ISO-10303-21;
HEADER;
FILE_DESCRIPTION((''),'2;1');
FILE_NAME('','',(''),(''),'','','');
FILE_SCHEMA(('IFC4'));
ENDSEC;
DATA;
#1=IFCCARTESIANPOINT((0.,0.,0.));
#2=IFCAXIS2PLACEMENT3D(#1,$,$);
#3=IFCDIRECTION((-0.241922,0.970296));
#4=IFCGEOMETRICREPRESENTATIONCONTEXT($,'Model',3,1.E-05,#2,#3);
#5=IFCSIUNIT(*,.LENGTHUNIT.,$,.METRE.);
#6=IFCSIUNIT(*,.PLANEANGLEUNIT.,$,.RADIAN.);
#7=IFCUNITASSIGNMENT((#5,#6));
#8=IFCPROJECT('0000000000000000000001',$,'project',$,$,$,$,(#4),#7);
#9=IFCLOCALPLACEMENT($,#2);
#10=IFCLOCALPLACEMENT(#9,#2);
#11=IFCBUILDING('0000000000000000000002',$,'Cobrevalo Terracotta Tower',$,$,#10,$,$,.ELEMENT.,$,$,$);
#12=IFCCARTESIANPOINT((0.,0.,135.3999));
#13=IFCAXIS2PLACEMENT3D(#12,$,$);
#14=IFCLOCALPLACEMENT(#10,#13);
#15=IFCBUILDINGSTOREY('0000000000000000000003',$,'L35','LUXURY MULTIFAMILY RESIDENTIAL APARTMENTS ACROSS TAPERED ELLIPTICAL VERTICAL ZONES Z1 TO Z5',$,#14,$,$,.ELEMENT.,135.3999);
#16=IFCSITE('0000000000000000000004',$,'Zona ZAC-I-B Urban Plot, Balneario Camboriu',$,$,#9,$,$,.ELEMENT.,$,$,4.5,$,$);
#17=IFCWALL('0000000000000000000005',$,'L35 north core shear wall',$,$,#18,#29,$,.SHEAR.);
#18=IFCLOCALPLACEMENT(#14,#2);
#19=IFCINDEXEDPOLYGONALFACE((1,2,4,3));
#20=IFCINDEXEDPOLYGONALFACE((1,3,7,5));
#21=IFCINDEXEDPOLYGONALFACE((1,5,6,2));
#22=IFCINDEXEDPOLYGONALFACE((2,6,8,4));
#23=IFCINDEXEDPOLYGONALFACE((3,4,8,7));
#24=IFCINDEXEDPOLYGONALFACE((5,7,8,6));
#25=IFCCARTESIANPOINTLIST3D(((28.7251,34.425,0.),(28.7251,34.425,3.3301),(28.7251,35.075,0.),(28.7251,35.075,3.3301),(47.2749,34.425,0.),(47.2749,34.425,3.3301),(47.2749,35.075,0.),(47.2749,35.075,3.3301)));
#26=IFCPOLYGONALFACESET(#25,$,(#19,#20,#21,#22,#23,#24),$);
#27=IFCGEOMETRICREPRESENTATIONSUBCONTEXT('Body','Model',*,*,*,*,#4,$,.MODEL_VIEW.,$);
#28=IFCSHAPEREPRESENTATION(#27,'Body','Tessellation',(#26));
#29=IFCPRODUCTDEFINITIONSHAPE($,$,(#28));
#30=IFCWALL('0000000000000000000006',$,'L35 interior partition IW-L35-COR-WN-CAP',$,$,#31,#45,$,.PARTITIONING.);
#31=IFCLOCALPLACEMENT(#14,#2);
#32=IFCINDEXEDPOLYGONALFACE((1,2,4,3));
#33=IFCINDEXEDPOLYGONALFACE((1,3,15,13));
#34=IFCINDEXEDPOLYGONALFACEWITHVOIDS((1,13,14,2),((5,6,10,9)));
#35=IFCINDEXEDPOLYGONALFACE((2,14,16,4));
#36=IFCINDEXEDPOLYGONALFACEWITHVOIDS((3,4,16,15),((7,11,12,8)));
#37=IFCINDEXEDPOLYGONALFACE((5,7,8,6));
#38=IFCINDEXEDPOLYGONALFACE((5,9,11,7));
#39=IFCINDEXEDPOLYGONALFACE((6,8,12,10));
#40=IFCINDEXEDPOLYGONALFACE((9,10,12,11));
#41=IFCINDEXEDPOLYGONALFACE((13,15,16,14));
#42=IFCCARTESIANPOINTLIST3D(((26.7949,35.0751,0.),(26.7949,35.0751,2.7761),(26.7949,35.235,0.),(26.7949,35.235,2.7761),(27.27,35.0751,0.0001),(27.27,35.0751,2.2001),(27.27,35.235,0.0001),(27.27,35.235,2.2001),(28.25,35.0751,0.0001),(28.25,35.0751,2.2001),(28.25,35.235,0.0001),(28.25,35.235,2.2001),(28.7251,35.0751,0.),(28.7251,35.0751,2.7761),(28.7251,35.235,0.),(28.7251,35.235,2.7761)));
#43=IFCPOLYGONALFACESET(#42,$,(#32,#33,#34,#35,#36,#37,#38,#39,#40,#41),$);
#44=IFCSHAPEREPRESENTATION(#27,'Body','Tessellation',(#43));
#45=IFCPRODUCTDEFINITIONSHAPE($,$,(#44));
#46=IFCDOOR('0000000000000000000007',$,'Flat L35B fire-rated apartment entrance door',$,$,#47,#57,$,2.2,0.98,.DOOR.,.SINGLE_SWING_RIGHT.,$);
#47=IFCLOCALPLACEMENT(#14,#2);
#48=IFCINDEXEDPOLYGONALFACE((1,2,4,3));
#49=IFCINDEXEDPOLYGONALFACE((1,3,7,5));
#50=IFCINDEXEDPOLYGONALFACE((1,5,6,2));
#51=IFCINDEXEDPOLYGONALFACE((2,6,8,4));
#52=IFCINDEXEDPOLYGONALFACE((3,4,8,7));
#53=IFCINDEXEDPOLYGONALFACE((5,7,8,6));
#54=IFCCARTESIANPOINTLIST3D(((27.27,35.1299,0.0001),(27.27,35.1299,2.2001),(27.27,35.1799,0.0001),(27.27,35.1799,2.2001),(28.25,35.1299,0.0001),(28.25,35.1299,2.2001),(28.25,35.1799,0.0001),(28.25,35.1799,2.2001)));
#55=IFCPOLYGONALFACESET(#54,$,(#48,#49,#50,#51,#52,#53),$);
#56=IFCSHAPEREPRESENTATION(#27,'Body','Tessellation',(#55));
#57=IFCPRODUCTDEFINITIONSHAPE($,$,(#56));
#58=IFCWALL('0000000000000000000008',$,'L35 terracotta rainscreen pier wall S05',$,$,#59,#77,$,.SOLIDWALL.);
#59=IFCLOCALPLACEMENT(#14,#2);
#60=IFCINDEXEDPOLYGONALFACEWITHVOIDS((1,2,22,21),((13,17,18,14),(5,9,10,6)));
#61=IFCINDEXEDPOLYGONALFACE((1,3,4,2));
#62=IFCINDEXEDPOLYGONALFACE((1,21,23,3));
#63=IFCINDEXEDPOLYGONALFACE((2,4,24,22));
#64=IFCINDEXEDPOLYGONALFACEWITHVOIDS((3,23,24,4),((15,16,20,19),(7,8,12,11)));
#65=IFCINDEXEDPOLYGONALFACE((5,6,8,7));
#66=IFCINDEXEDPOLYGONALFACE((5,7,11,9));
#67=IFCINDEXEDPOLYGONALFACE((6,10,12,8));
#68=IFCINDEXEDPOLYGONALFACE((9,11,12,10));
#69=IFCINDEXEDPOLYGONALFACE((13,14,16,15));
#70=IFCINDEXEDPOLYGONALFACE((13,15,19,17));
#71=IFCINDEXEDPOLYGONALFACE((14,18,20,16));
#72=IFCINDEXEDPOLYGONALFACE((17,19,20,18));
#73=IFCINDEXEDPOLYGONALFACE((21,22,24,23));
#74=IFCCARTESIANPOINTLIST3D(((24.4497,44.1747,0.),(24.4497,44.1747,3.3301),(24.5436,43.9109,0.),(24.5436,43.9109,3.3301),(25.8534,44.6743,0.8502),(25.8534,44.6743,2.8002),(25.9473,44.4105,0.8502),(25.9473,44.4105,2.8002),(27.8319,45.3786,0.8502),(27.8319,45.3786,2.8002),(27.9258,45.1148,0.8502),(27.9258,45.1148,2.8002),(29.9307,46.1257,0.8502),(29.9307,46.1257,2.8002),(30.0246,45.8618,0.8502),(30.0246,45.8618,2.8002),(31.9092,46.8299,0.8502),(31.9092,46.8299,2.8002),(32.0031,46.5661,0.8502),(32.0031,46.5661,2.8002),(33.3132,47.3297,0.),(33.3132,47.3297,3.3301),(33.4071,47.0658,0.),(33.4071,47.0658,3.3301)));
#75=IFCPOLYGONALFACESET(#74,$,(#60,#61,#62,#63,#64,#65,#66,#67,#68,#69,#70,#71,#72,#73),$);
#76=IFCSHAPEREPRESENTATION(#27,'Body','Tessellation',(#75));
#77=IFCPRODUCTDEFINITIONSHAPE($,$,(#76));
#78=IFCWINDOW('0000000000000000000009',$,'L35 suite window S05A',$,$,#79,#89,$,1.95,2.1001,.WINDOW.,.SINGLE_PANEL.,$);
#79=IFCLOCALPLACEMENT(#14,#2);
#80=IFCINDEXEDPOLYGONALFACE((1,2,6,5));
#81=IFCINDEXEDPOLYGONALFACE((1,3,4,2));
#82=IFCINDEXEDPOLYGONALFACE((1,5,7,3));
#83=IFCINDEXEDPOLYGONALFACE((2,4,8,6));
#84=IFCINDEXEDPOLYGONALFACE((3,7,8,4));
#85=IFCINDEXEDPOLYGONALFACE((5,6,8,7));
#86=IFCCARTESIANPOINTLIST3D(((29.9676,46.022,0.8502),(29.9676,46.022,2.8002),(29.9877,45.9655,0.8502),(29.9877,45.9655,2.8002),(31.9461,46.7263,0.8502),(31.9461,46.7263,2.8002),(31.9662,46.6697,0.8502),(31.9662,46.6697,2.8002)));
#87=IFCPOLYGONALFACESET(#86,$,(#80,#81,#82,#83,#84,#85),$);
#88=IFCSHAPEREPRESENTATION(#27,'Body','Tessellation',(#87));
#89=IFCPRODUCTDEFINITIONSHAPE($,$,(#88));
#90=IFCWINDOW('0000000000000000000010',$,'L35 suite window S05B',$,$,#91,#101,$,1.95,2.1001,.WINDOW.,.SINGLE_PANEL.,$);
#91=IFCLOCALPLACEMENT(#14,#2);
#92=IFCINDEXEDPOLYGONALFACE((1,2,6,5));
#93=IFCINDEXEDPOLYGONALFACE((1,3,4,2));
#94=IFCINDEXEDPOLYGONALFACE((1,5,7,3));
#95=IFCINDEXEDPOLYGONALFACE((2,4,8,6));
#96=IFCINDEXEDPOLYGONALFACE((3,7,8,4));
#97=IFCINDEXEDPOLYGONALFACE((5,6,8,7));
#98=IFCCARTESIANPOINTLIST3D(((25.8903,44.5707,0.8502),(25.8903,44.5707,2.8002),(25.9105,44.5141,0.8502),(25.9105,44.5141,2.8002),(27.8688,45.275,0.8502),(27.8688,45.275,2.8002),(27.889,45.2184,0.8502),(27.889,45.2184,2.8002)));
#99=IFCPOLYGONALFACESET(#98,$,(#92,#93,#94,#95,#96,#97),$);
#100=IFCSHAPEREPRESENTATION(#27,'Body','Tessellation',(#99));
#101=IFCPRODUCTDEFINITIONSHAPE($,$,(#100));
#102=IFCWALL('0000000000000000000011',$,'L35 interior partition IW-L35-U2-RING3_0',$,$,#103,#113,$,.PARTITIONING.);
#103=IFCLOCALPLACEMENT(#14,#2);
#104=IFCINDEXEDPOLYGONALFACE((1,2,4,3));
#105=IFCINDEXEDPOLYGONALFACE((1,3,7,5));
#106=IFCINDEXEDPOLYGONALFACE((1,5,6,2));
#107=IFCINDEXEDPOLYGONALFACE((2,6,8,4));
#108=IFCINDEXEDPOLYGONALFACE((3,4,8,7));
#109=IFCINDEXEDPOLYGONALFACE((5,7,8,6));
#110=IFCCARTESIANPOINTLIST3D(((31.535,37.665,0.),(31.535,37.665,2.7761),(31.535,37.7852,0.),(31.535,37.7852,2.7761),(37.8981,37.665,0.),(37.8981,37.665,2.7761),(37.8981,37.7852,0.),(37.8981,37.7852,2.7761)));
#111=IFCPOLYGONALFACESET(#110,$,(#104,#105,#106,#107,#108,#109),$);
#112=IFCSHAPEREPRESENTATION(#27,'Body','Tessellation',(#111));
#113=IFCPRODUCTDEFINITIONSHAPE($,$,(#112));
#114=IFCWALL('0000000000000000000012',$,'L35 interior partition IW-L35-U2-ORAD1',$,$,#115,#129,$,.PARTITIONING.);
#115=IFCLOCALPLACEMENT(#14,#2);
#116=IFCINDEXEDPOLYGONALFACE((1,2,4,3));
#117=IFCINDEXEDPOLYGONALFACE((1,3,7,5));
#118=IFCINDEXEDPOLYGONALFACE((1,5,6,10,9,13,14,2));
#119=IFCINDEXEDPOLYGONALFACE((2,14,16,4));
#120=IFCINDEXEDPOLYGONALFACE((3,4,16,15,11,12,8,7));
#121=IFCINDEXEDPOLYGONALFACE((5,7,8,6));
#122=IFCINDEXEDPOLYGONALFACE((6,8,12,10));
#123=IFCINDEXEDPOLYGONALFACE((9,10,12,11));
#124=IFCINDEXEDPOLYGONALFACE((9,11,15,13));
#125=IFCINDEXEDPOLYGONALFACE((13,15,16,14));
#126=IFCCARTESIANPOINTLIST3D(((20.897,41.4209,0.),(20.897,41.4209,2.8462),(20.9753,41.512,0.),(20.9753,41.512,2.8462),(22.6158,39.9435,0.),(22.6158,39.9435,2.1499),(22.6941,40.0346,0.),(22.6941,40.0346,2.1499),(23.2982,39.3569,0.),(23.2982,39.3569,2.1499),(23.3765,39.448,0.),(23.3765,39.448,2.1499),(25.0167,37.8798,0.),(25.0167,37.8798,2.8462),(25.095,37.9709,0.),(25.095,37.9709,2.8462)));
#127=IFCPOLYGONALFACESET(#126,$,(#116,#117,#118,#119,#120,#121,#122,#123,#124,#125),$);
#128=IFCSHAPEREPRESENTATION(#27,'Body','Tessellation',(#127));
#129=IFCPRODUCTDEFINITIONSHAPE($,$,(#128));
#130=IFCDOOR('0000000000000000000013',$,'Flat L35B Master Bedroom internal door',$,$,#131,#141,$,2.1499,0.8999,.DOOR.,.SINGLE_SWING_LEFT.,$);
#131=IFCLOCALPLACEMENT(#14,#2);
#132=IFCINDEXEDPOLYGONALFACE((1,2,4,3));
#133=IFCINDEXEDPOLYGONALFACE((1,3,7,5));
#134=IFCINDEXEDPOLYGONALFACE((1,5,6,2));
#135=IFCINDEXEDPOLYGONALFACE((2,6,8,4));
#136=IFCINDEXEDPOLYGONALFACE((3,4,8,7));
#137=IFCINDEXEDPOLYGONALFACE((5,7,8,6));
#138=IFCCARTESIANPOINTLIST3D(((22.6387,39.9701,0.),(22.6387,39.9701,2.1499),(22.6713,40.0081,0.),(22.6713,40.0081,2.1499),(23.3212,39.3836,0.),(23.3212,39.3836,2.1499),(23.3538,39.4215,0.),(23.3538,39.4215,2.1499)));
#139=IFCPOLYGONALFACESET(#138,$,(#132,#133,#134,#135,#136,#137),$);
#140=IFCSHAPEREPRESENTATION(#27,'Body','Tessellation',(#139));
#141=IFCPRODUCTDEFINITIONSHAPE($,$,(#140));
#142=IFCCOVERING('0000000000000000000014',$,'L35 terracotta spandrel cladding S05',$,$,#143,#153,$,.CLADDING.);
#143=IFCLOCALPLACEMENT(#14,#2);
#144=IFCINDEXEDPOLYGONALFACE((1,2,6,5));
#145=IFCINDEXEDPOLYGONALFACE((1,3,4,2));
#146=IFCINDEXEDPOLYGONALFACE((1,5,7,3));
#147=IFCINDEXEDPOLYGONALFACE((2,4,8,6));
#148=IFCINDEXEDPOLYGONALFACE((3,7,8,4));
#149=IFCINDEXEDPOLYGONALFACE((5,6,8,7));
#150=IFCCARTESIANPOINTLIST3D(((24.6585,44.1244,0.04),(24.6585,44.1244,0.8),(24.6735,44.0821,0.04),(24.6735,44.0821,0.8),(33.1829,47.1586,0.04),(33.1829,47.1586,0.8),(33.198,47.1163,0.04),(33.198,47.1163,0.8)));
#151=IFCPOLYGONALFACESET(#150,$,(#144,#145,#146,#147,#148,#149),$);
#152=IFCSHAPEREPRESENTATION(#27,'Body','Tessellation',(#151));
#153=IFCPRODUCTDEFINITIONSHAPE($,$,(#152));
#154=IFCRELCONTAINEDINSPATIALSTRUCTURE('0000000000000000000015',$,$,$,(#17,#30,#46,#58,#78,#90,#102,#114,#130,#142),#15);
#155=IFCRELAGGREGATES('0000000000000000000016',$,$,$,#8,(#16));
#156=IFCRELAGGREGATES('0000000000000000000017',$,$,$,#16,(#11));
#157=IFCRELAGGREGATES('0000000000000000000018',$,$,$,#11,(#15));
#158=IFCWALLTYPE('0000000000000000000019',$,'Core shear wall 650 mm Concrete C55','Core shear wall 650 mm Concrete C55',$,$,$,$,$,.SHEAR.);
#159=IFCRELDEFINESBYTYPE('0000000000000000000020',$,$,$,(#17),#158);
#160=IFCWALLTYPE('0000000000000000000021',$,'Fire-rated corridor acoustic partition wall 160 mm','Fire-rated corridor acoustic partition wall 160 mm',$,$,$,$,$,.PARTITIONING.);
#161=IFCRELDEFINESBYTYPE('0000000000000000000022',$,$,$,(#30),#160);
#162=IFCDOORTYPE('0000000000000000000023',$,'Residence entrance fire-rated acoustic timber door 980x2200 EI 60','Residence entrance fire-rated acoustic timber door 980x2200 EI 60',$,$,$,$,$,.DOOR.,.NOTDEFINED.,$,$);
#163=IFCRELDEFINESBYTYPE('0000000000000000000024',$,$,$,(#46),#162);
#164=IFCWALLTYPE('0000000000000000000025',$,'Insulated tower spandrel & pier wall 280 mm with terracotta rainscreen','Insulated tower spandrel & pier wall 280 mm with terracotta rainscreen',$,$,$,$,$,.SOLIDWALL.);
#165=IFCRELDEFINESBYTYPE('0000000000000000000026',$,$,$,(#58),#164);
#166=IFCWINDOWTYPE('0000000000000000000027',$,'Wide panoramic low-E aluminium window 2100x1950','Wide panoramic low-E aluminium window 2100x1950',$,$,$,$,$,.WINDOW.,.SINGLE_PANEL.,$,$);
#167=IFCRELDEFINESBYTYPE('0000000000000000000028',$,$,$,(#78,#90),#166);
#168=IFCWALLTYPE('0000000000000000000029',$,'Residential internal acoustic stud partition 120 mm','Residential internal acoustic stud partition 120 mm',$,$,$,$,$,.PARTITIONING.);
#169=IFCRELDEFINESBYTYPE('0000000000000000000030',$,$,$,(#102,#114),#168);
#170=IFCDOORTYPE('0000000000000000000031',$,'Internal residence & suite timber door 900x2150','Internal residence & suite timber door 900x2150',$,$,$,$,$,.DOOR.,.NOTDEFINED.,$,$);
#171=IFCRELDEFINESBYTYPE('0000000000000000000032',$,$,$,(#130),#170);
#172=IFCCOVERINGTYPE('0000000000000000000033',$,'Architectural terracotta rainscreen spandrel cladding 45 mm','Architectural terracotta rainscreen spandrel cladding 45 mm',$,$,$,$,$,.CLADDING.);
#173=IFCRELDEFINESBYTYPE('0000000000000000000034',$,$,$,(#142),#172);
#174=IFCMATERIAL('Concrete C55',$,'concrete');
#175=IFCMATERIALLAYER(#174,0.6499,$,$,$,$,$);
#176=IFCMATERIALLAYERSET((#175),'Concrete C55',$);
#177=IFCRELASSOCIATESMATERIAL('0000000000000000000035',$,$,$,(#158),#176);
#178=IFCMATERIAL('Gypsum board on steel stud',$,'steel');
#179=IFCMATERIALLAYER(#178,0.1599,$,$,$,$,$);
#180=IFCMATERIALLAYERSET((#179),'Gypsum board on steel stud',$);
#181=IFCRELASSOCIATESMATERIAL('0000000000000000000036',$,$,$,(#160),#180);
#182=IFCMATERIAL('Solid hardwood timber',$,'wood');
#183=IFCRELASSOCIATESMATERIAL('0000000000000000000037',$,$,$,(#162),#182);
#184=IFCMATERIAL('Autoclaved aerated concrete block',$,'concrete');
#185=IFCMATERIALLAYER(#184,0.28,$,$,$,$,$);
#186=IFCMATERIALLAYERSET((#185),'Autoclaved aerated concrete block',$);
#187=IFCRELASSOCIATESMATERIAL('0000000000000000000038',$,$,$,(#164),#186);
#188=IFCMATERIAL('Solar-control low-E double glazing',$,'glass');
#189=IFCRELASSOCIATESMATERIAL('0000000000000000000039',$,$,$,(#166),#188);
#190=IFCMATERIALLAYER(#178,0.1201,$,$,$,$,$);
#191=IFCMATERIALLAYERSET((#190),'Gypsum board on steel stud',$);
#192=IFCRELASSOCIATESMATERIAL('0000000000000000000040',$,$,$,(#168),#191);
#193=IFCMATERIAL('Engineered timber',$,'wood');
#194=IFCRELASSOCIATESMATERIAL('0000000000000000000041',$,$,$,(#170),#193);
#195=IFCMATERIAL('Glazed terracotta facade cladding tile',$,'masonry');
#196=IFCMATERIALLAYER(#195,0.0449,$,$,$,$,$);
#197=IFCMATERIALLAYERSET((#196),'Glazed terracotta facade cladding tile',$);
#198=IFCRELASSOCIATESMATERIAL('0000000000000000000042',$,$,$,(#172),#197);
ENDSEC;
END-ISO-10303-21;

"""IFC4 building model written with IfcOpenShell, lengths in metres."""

from ifc_helpers import new_model, si_unit, direction, frame, frame_2d, origin, origin_2d, place, context, subcontext, project, spatial, rectangle, extrude, source, transform, mapped, material, layer, layer_set, type_object, element, fill, save


model = new_model("IFC4")

# Units and contexts
model_context = context("Model", 3, precision=1e-05, world=origin(), true_north=direction((-0.241922, 0.970296)))
body_context = subcontext(model_context, "Body", "Model", "MODEL_VIEW")
ifc_project = project(units=[si_unit("LENGTHUNIT", "METRE"), si_unit("PLANEANGLEUNIT", "RADIAN")], contexts=[model_context])

# Site, building, storey
site_placement = place(None, origin())
site = spatial("IfcSite", under=ifc_project, at=site_placement, Name="Zona ZAC-I-B Urban Plot, Balneario Camboriu", CompositionType="ELEMENT", RefElevation=4.5)
building_placement = place(site_placement, origin())
building = spatial("IfcBuilding", under=site, at=building_placement, Name="Cobrevalo Terracotta Tower", CompositionType="ELEMENT")
storey_placement = place(building_placement, frame((0.0, 0.0, 135.3999)))
storey = spatial("IfcBuildingStorey", under=building, at=storey_placement, Name="L35", Description="LUXURY MULTIFAMILY RESIDENTIAL APARTMENTS ACROSS TAPERED ELLIPTICAL VERTICAL ZONES Z1 TO Z5", CompositionType="ELEMENT", Elevation=135.3999)

# Shared definitions
ifc_material_1 = material(Name="Concrete C55", Category="concrete")

# Wall
ifc_layer_1 = layer(ifc_material_1, 0.6499)
ifc_layer_set_1 = layer_set([ifc_layer_1], Name="Concrete C55")
wall_type_1 = type_object("IfcWallType", Name="Core shear wall 650 mm Concrete C55", Description="Core shear wall 650 mm Concrete C55", PredefinedType="SHEAR", material=ifc_layer_set_1)
wall_1_placement = place(storey_placement, frame((28.7251, 34.75, 0.0), z_axis=(0.0, 0.0, 1.0), x_axis=(1.0, 0.0, 0.0)))
element("IfcWall", 1, at=wall_1_placement, inside=storey, type_object=wall_type_1, Name="L35 north core shear wall", PredefinedType="SHEAR", context=body_context, shape_type="SweptSolid", body=[
    extrude(rectangle(XDim=18.5498, YDim=0.6499, at=frame_2d((9.2749, 0.0))), origin(), (0.0, 0.0, 1.0), 3.3301),
])

# Wall, opening, door
ifc_material_2 = material(Name="Gypsum board on steel stud", Category="steel")
ifc_layer_2 = layer(ifc_material_2, 0.1599)
ifc_layer_set_2 = layer_set([ifc_layer_2], Name="Gypsum board on steel stud")
wall_type_2 = type_object("IfcWallType", Name="Fire-rated corridor acoustic partition wall 160 mm", Description="Fire-rated corridor acoustic partition wall 160 mm", PredefinedType="PARTITIONING", material=ifc_layer_set_2)
wall_2_placement = place(storey_placement, frame((26.7949, 35.155, 0.0), z_axis=(0.0, 0.0, 1.0), x_axis=(1.0, 0.0, 0.0)))
wall_2 = element("IfcWall", 2, at=wall_2_placement, inside=storey, type_object=wall_type_2, Name="L35 interior partition IW-L35-COR-WN-CAP", PredefinedType="PARTITIONING", context=body_context, shape_type="SweptSolid", body=[
    extrude(rectangle(XDim=1.9302, YDim=0.1599, at=frame_2d((0.9651, 0.0))), origin(), (0.0, 0.0, 1.0), 2.7761),
])
opening_1_placement = place(wall_2_placement, frame((0.4751, 0.0, 0.0)))
opening_1 = element("IfcOpeningElement", 3, at=opening_1_placement, cuts=wall_2, PredefinedType="OPENING", context=body_context, shape_type="SweptSolid", body=[
    extrude(rectangle(XDim=0.98, YDim=2.2, at=frame_2d((0.49, 1.1001))), frame((0.0, 0.0898, 0.0), z_axis=(0.0, -1.0, 0.0), x_axis=(1.0, 0.0, 0.0)), (0.0, 0.0, 1.0), 0.1799),
])
ifc_material_3 = material(Name="Solid hardwood timber", Category="wood")
door_type_1 = type_object("IfcDoorType", Name="Residence entrance fire-rated acoustic timber door 980x2200 EI 60", Description="Residence entrance fire-rated acoustic timber door 980x2200 EI 60", OperationType="NOTDEFINED", PredefinedType="DOOR", material=ifc_material_3)
shared_shape_1 = source(origin(), body_context, "Body", "SweptSolid", [
    extrude(rectangle(XDim=0.98, YDim=2.2, at=frame_2d((0.49, 1.1001))), frame((0.0, 0.0249, 0.0), z_axis=(0.0, -1.0, 0.0), x_axis=(1.0, 0.0, 0.0)), (0.0, 0.0, 1.0), 0.05),
])
door_1_placement = place(opening_1_placement, origin())
door_1 = element("IfcDoor", 4, at=door_1_placement, inside=storey, type_object=door_type_1, Name="Flat L35B fire-rated apartment entrance door", OperationType="SINGLE_SWING_RIGHT", OverallHeight=2.2, OverallWidth=0.98, PredefinedType="DOOR", context=body_context, shape_type="MappedRepresentation", body=[
    mapped(shared_shape_1, transform((0.0, 0.0, 0.0), scale=1.0)),
])
fill(opening_1, door_1)

# Wall, openings, windows
ifc_material_4 = material(Name="Autoclaved aerated concrete block", Category="concrete")
ifc_layer_3 = layer(ifc_material_4, 0.28)
ifc_layer_set_3 = layer_set([ifc_layer_3], Name="Autoclaved aerated concrete block")
wall_type_3 = type_object("IfcWallType", Name="Insulated tower spandrel & pier wall 280 mm with terracotta rainscreen", Description="Insulated tower spandrel & pier wall 280 mm with terracotta rainscreen", PredefinedType="SOLIDWALL", material=ifc_layer_set_3)
wall_3_placement = place(storey_placement, frame((33.3601, 47.1978, 0.0), z_axis=(0.0, 0.0, 1.0), x_axis=(-0.942095, -0.335345, 0.0)))
wall_3 = element("IfcWall", 5, at=wall_3_placement, inside=storey, type_object=wall_type_3, Name="L35 terracotta rainscreen pier wall S05", PredefinedType="SOLIDWALL", context=body_context, shape_type="SweptSolid", body=[
    extrude(rectangle(XDim=9.4082, YDim=0.28, at=frame_2d((4.7041, 0.0))), origin(), (0.0, 0.0, 1.0), 3.3301),
])
opening_2_placement = place(wall_3_placement, frame((1.4902, 0.0, 0.8501)))
opening_2 = element("IfcOpeningElement", 6, at=opening_2_placement, cuts=wall_3, PredefinedType="OPENING", context=body_context, shape_type="SweptSolid", body=[
    extrude(rectangle(XDim=2.1001, YDim=1.95, at=frame_2d((1.05, 0.9751))), frame((0.0, 0.1499, 0.0), z_axis=(0.0, -1.0, 0.0), x_axis=(1.0, 0.0, 0.0)), (0.0, 0.0, 1.0), 0.3),
])
opening_3_placement = place(wall_3_placement, frame((5.8181, 0.0, 0.8501)))
opening_3 = element("IfcOpeningElement", 7, at=opening_3_placement, cuts=wall_3, PredefinedType="OPENING", context=body_context, shape_type="SweptSolid", body=[
    extrude(rectangle(XDim=2.1001, YDim=1.95, at=frame_2d((1.05, 0.9751))), frame((0.0, 0.1499, 0.0), z_axis=(0.0, -1.0, 0.0), x_axis=(1.0, 0.0, 0.0)), (0.0, 0.0, 1.0), 0.3),
])
ifc_material_5 = material(Name="Solar-control low-E double glazing", Category="glass")
window_type = type_object("IfcWindowType", Name="Wide panoramic low-E aluminium window 2100x1950", Description="Wide panoramic low-E aluminium window 2100x1950", PartitioningType="SINGLE_PANEL", PredefinedType="WINDOW", material=ifc_material_5)
shared_shape_2 = source(origin(), body_context, "Body", "SweptSolid", [
    extrude(rectangle(XDim=2.1001, YDim=1.95, at=frame_2d((1.05, 0.9751))), frame((0.0, 0.03, 0.0), z_axis=(0.0, -1.0, 0.0), x_axis=(1.0, 0.0, 0.0)), (0.0, 0.0, 1.0), 0.0601),
])
window_1_placement = place(opening_2_placement, origin())
window_1 = element("IfcWindow", 8, at=window_1_placement, inside=storey, type_object=window_type, Name="L35 suite window S05A", OverallHeight=1.95, OverallWidth=2.1001, PartitioningType="SINGLE_PANEL", PredefinedType="WINDOW", context=body_context, shape_type="MappedRepresentation", body=[
    mapped(shared_shape_2, transform((0.0, 0.0, 0.0), scale=1.0)),
])
fill(opening_2, window_1)
window_2_placement = place(opening_3_placement, origin())
window_2 = element("IfcWindow", 9, at=window_2_placement, inside=storey, type_object=window_type, Name="L35 suite window S05B", OverallHeight=1.95, OverallWidth=2.1001, PartitioningType="SINGLE_PANEL", PredefinedType="WINDOW", context=body_context, shape_type="MappedRepresentation", body=[
    mapped(shared_shape_2, transform((0.0, 0.0, 0.0), scale=1.0)),
])
fill(opening_3, window_2)

# Wall
ifc_layer_4 = layer(ifc_material_2, 0.1201)
ifc_layer_set_4 = layer_set([ifc_layer_4], Name="Gypsum board on steel stud")
wall_type_4 = type_object("IfcWallType", Name="Residential internal acoustic stud partition 120 mm", Description="Residential internal acoustic stud partition 120 mm", PredefinedType="PARTITIONING", material=ifc_layer_set_4)
wall_4_placement = place(storey_placement, frame((31.5349, 37.7251, 0.0), z_axis=(0.0, 0.0, 1.0), x_axis=(1.0, 0.0, 0.0)))
element("IfcWall", 10, at=wall_4_placement, inside=storey, type_object=wall_type_4, Name="L35 interior partition IW-L35-U2-RING3_0", PredefinedType="PARTITIONING", context=body_context, shape_type="SweptSolid", body=[
    extrude(rectangle(XDim=6.363, YDim=0.1201, at=frame_2d((3.1816, 0.0))), origin(), (0.0, 0.0, 1.0), 2.7761),
])

# Wall, opening, door
wall_5_placement = place(storey_placement, frame((25.0559, 37.9253, 0.0), z_axis=(0.0, 0.0, 1.0), x_axis=(-0.758355, 0.651842, 0.0)))
wall_5 = element("IfcWall", 11, at=wall_5_placement, inside=storey, type_object=wall_type_4, Name="L35 interior partition IW-L35-U2-ORAD1", PredefinedType="PARTITIONING", context=body_context, shape_type="SweptSolid", body=[
    extrude(rectangle(XDim=5.4324, YDim=0.1201, at=frame_2d((2.7163, 0.0))), origin(), (0.0, 0.0, 1.0), 2.8462),
])
opening_4_placement = place(wall_5_placement, frame((2.2661, 0.0, 0.0)))
opening_4 = element("IfcOpeningElement", 12, at=opening_4_placement, cuts=wall_5, PredefinedType="OPENING", context=body_context, shape_type="SweptSolid", body=[
    extrude(rectangle(XDim=0.8999, YDim=2.1499, at=frame_2d((0.45, 1.075))), frame((0.0, 0.0701, 0.0), z_axis=(0.0, -1.0, 0.0), x_axis=(1.0, 0.0, 0.0)), (0.0, 0.0, 1.0), 0.1401),
])
ifc_material_6 = material(Name="Engineered timber", Category="wood")
door_type_2 = type_object("IfcDoorType", Name="Internal residence & suite timber door 900x2150", Description="Internal residence & suite timber door 900x2150", OperationType="NOTDEFINED", PredefinedType="DOOR", material=ifc_material_6)
shared_shape_3 = source(origin(), body_context, "Body", "SweptSolid", [
    extrude(rectangle(XDim=0.8999, YDim=2.1499, at=frame_2d((0.45, 1.075))), frame((0.0, 0.0249, 0.0), z_axis=(0.0, -1.0, 0.0), x_axis=(1.0, 0.0, 0.0)), (0.0, 0.0, 1.0), 0.05),
])
door_2_placement = place(opening_4_placement, origin())
door_2 = element("IfcDoor", 13, at=door_2_placement, inside=storey, type_object=door_type_2, Name="Flat L35B Master Bedroom internal door", OperationType="SINGLE_SWING_LEFT", OverallHeight=2.1499, OverallWidth=0.8999, PredefinedType="DOOR", context=body_context, shape_type="MappedRepresentation", body=[
    mapped(shared_shape_3, transform((0.0, 0.0, 0.0), scale=1.0)),
])
fill(opening_4, door_2)

# Covering
ifc_material_7 = material(Name="Glazed terracotta facade cladding tile", Category="masonry")
ifc_layer_5 = layer(ifc_material_7, 0.0449)
ifc_layer_set_5 = layer_set([ifc_layer_5], Name="Glazed terracotta facade cladding tile")
covering_type = type_object("IfcCoveringType", Name="Architectural terracotta rainscreen spandrel cladding 45 mm", Description="Architectural terracotta rainscreen spandrel cladding 45 mm", PredefinedType="CLADDING", material=ifc_layer_set_5)
shared_shape_4 = source(origin(), body_context, "Body", "SweptSolid", [
    extrude(rectangle(XDim=9.0483, YDim=0.0449, at=origin_2d()), origin(), (0.0, 0.0, 1.0), 0.76),
])
covering_placement = place(storey_placement, frame((28.9282, 45.6204, 0.04), z_axis=(0.0, 0.0, 1.0), x_axis=(-0.942098, -0.335336, 0.0)))
element("IfcCovering", 14, at=covering_placement, inside=storey, type_object=covering_type, Name="L35 terracotta spandrel cladding S05", PredefinedType="CLADDING", context=body_context, shape_type="MappedRepresentation", body=[
    mapped(shared_shape_4, transform((0.0, 0.0, 0.0), scale=1.0)),
])

save(model, "model.ifc")
